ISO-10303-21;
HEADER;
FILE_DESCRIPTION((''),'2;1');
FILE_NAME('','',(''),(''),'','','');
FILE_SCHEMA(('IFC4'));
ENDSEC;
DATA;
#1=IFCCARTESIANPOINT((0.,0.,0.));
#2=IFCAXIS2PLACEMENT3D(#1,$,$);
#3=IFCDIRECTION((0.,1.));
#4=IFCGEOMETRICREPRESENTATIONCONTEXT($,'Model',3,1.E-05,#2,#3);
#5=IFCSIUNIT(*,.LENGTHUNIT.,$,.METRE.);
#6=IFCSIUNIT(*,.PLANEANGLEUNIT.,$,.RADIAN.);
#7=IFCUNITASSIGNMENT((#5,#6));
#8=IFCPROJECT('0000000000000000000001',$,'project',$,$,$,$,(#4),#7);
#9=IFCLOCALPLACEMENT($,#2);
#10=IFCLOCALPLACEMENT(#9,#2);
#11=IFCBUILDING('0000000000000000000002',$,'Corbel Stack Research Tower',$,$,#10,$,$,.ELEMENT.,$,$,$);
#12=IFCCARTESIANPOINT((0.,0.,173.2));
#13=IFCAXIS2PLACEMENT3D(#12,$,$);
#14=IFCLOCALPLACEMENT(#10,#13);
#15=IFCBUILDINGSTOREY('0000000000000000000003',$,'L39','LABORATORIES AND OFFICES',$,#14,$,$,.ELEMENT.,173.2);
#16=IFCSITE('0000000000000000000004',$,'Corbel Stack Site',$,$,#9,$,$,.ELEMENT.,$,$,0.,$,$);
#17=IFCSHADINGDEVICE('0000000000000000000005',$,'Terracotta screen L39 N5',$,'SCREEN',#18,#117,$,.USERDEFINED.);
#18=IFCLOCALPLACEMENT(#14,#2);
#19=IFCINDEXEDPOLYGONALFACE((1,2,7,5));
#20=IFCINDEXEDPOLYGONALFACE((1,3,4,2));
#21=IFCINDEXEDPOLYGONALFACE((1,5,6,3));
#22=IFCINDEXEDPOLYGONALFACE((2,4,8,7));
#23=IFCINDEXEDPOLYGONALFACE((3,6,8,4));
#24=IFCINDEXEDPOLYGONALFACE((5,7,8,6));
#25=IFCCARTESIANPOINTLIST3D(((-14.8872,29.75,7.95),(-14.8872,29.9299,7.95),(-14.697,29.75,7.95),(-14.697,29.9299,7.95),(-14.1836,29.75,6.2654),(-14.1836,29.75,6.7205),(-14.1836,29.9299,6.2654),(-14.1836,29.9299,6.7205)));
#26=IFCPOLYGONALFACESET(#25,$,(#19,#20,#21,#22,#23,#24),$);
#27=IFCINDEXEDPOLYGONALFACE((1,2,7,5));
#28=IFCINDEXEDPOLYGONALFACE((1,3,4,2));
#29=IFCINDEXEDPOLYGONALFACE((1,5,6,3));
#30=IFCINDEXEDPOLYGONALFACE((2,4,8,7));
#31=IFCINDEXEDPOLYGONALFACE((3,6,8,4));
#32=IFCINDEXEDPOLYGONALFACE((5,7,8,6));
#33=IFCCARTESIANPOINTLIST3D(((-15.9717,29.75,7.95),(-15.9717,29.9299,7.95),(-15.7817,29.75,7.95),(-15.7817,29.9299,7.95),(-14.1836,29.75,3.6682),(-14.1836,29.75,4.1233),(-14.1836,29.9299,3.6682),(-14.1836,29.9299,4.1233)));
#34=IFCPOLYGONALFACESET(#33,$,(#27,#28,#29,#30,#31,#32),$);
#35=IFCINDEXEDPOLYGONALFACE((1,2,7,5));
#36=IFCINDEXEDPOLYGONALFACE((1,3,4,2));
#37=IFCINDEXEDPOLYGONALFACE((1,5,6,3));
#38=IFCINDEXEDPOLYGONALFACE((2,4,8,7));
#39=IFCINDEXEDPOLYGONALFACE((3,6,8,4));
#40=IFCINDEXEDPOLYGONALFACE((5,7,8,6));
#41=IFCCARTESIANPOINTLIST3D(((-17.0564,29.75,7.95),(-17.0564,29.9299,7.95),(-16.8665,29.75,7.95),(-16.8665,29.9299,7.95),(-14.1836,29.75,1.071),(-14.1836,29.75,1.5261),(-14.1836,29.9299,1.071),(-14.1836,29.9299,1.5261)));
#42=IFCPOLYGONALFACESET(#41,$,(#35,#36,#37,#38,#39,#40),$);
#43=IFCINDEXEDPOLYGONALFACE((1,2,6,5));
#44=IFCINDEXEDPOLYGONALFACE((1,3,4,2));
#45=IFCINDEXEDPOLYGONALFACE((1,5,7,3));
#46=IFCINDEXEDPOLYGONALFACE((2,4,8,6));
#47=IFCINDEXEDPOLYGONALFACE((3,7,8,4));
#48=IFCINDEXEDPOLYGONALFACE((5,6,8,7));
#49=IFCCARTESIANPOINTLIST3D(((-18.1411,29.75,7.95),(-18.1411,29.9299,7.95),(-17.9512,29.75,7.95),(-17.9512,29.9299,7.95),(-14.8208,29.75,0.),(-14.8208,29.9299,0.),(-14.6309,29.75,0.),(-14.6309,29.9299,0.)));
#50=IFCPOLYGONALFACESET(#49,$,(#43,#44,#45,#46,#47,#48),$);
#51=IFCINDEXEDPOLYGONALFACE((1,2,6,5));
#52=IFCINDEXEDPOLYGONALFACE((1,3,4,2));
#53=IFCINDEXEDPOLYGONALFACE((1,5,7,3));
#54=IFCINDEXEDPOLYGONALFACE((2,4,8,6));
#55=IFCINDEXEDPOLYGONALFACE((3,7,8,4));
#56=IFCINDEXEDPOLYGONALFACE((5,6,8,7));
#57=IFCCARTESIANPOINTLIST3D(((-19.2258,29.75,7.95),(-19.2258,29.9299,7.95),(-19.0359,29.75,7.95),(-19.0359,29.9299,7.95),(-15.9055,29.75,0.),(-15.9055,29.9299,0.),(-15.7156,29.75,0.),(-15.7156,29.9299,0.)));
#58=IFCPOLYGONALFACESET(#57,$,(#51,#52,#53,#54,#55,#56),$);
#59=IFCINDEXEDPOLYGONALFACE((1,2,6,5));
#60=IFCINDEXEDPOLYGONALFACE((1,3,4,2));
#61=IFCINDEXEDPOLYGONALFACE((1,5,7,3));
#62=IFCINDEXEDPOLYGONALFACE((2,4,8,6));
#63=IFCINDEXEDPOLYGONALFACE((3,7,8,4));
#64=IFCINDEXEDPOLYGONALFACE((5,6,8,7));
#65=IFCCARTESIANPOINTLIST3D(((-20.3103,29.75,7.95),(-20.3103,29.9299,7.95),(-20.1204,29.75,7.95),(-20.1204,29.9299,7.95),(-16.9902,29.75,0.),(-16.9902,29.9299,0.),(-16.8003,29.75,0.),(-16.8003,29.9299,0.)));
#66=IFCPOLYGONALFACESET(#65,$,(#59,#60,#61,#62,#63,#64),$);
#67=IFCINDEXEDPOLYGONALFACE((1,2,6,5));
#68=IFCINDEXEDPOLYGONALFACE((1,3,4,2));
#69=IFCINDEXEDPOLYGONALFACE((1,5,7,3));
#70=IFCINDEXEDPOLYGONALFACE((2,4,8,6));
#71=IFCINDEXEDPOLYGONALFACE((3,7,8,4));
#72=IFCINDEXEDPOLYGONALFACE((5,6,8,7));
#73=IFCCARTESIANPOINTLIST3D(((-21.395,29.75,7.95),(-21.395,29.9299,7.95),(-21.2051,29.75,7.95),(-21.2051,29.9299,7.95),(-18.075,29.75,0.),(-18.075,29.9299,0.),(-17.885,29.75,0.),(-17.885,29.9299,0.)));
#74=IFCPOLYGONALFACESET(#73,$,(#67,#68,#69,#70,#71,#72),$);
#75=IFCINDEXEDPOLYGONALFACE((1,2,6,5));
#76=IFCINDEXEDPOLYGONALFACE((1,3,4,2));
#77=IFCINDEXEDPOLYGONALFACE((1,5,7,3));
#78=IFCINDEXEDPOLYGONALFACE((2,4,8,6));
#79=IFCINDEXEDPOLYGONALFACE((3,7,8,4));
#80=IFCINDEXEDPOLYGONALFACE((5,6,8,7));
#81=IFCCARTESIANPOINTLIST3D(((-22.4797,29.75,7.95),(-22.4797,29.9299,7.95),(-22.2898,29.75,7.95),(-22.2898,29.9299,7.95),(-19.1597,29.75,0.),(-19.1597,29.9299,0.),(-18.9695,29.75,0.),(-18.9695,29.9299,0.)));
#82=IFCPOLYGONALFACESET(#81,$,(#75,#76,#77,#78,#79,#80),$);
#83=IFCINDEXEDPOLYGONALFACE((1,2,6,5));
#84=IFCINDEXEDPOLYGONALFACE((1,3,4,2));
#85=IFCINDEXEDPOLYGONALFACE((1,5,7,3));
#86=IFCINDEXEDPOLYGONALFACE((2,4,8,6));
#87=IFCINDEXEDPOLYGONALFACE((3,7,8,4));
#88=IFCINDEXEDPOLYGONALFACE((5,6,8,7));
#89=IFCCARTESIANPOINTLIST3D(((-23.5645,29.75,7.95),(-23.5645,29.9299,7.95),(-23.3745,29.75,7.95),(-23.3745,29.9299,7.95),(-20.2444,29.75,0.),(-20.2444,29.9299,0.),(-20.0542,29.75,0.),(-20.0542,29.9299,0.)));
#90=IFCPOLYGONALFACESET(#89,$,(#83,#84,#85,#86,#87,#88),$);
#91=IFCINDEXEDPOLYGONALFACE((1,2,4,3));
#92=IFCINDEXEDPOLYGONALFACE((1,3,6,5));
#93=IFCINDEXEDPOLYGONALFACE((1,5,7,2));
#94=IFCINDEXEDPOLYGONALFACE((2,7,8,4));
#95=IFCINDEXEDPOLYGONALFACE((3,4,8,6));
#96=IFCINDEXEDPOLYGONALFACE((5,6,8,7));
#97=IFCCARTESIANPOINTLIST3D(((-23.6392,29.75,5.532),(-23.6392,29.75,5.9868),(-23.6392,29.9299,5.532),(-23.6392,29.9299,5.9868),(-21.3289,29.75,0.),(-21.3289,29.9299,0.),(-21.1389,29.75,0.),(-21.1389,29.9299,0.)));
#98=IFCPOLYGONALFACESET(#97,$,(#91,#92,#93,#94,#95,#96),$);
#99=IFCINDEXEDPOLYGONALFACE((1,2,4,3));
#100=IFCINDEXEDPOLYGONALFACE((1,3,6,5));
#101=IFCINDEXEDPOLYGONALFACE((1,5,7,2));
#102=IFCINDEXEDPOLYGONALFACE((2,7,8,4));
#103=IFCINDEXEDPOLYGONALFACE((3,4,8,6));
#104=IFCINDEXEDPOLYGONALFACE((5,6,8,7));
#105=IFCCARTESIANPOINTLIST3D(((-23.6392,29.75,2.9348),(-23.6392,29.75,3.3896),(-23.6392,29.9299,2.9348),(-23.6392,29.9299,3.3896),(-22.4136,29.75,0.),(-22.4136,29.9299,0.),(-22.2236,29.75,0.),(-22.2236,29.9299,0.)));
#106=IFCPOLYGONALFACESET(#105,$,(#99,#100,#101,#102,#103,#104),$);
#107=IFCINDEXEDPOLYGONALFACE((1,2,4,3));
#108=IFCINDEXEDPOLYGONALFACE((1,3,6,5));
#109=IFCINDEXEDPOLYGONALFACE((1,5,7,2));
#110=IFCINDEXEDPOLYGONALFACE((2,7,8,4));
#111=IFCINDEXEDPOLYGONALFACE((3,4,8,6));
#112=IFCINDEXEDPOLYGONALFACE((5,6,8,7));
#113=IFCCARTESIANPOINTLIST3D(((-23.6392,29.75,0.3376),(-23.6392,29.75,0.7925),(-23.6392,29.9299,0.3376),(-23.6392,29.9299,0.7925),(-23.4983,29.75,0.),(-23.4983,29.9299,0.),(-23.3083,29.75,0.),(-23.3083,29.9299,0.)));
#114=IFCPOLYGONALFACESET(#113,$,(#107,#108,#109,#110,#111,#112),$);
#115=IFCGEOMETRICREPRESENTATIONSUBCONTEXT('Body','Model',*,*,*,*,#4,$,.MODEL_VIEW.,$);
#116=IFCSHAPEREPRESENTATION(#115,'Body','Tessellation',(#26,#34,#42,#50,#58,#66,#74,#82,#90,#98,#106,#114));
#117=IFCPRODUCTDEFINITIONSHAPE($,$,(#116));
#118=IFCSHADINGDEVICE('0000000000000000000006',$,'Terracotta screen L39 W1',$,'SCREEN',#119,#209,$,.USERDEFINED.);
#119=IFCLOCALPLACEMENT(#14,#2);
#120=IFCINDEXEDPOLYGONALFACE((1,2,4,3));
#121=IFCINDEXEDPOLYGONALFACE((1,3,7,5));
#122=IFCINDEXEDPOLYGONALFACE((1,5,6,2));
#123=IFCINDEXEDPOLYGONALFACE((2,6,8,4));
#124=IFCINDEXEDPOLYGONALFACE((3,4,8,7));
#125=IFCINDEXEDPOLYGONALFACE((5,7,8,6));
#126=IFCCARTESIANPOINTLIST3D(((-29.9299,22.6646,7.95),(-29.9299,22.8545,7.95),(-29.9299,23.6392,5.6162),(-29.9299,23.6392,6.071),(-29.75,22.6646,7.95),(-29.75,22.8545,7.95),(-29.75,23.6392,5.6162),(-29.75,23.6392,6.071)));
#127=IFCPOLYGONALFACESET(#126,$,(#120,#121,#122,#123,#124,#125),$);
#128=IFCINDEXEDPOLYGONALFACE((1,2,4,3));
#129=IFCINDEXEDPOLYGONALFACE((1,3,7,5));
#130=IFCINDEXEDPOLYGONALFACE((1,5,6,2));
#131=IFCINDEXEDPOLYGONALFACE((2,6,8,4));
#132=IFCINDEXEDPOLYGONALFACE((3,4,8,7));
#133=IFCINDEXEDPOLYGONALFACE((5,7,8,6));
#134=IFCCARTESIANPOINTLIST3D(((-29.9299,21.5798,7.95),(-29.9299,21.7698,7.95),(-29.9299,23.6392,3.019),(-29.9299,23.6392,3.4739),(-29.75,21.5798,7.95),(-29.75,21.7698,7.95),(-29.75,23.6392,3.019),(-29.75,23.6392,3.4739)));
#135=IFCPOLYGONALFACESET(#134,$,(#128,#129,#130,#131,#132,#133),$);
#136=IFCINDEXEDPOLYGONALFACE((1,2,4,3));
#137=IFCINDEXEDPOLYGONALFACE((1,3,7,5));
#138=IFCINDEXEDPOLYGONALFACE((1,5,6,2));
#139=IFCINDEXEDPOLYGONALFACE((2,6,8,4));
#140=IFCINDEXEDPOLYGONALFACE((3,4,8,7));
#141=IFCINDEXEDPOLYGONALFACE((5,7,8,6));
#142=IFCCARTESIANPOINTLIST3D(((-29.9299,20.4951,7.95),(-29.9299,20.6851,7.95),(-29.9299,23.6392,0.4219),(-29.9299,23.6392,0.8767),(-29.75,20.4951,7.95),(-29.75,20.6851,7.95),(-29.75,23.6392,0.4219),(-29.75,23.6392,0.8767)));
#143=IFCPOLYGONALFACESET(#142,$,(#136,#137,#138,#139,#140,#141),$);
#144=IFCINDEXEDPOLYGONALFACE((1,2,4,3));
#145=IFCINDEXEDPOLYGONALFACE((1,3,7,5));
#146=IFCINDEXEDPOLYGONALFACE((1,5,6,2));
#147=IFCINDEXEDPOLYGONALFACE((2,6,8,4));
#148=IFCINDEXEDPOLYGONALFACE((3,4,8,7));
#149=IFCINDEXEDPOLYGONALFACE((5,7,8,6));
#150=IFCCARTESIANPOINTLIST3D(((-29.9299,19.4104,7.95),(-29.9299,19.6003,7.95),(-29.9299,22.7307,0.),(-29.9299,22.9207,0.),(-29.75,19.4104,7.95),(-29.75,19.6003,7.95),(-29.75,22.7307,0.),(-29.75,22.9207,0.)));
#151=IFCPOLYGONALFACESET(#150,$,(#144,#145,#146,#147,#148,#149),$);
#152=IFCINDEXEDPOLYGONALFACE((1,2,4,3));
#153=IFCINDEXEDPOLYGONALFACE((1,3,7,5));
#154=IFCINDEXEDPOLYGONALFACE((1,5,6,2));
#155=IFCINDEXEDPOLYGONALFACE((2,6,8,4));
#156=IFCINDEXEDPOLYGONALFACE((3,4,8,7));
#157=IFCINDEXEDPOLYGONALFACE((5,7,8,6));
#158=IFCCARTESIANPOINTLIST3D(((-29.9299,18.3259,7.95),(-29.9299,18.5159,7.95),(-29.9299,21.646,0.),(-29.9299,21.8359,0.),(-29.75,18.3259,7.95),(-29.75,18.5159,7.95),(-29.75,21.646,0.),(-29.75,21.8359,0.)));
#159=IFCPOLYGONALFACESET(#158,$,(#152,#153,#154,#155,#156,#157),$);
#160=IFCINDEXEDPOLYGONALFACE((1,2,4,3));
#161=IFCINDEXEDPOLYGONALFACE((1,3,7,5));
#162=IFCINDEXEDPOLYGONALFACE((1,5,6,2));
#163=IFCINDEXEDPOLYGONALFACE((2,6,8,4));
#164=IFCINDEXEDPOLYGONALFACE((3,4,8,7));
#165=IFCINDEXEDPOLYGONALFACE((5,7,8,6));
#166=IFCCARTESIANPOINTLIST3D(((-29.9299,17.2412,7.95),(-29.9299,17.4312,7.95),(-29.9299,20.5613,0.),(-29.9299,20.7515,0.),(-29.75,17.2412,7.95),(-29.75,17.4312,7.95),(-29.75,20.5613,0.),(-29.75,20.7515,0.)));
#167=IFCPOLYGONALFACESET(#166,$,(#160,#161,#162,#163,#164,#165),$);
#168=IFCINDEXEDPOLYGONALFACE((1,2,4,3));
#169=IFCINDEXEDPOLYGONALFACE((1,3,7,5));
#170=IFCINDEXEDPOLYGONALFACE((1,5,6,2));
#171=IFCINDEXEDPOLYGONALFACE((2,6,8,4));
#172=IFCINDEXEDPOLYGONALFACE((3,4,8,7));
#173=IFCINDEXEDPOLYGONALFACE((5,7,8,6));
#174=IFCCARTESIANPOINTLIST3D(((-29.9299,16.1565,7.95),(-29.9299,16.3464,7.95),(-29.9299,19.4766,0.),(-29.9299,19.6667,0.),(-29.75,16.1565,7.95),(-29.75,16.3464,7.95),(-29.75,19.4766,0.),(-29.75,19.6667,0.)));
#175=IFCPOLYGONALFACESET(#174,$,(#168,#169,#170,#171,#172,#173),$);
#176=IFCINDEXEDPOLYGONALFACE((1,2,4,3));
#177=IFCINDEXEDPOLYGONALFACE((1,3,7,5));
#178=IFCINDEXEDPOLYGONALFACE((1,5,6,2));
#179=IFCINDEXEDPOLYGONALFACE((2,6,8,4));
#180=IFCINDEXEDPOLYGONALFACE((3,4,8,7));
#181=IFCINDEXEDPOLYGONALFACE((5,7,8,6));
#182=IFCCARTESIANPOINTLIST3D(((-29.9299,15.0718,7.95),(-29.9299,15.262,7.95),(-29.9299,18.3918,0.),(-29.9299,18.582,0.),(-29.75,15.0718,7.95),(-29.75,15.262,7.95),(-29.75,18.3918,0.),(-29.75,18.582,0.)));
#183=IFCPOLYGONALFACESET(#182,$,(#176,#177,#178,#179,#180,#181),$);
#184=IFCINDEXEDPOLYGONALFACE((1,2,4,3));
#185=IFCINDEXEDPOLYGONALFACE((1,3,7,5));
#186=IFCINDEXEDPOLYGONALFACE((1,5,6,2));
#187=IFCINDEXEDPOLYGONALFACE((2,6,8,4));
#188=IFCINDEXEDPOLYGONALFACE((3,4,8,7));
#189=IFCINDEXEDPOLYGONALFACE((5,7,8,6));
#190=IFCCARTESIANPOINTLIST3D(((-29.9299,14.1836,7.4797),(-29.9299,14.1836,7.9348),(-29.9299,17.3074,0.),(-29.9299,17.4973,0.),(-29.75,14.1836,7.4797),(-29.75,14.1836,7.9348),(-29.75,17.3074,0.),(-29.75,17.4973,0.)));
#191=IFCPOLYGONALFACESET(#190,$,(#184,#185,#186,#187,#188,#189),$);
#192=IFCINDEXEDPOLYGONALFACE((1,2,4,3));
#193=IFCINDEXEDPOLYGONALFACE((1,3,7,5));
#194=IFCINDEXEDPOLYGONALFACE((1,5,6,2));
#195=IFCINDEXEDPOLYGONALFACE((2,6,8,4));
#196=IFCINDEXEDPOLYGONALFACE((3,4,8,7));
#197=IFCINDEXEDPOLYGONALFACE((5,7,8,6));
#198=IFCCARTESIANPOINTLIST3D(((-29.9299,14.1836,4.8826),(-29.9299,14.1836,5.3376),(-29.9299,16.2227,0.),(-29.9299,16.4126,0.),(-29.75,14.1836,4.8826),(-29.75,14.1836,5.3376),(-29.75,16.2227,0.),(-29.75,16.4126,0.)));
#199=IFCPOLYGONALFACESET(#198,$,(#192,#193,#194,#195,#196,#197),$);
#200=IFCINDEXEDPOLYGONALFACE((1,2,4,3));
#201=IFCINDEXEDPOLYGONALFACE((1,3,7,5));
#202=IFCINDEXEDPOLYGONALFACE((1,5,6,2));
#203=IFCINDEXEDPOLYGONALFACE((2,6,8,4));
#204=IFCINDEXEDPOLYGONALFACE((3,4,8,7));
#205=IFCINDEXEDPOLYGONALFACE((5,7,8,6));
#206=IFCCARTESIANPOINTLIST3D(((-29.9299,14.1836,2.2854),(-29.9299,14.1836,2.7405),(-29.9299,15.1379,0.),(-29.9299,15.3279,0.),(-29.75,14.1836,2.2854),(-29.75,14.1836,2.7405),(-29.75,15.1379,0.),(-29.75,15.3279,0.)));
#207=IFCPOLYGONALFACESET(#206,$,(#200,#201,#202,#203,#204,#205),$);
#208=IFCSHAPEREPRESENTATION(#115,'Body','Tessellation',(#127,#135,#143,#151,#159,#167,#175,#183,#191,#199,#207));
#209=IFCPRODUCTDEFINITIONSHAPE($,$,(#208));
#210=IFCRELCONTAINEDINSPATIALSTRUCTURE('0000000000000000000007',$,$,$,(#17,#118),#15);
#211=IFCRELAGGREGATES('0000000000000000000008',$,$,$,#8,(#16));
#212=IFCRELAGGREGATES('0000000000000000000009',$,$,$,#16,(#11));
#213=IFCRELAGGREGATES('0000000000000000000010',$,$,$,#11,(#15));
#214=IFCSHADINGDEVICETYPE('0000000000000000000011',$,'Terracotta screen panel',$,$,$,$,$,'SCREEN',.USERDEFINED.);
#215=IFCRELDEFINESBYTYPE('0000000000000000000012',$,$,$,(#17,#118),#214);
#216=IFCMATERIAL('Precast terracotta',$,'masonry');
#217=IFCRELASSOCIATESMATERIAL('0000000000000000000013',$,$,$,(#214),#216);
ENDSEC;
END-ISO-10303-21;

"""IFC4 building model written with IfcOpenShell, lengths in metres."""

from ifc_helpers import new_model, si_unit, direction, frame, origin, place, context, subcontext, project, spatial, polyline, outline, extrude, source, transform, mapped, material, type_object, element, save


model = new_model("IFC4")

# Units and contexts
model_context = context("Model", 3, precision=1e-05, world=origin(), true_north=direction((0.0, 1.0)))
body_context = subcontext(model_context, "Body", "Model", "MODEL_VIEW")
ifc_project = project(units=[si_unit("LENGTHUNIT", "METRE"), si_unit("PLANEANGLEUNIT", "RADIAN")], contexts=[model_context])

# Site, building, storey
site_placement = place(None, origin())
site = spatial("IfcSite", under=ifc_project, at=site_placement, Name="Corbel Stack Site", CompositionType="ELEMENT", RefElevation=0.0)
building_placement = place(site_placement, origin())
building = spatial("IfcBuilding", under=site, at=building_placement, Name="Corbel Stack Research Tower", CompositionType="ELEMENT")
storey_placement = place(building_placement, frame((0.0, 0.0, 173.2)))
storey = spatial("IfcBuildingStorey", under=building, at=storey_placement, Name="L39", Description="LABORATORIES AND OFFICES", CompositionType="ELEMENT", Elevation=173.2)

# Shading devices
ifc_material_1 = material(Name="Precast terracotta", Category="masonry")
shading_device_type = type_object("IfcShadingDeviceType", Name="Terracotta screen panel", ElementType="SCREEN", PredefinedType="USERDEFINED", material=ifc_material_1)
shared_shape_1 = source(origin(), body_context, "Body", "SweptSolid", [
    extrude(outline(polyline([(0.7036, 7.95), (0.5134, 7.95), (0.0, 6.7205), (0.0, 6.2654), (0.7036, 7.95)])), frame((0.0, 0.0, 0.0), z_axis=(0.0, -1.0, 0.0), x_axis=(1.0, 0.0, 0.0)), (0.0, 0.0, 1.0), 0.1799),
    extrude(outline(polyline([(1.7881, 7.95), (1.5981, 7.95), (0.0, 4.1233), (0.0, 3.6682), (1.7881, 7.95)])), frame((0.0, 0.0, 0.0), z_axis=(0.0, -1.0, 0.0), x_axis=(1.0, 0.0, 0.0)), (0.0, 0.0, 1.0), 0.1799),
    extrude(outline(polyline([(2.8728, 7.95), (2.6829, 7.95), (0.0, 1.5261), (0.0, 1.071), (2.8728, 7.95)])), frame((0.0, 0.0, 0.0), z_axis=(0.0, -1.0, 0.0), x_axis=(1.0, 0.0, 0.0)), (0.0, 0.0, 1.0), 0.1799),
    extrude(outline(polyline([(0.6372, 0.0), (3.9575, 7.95), (3.7676, 7.95), (0.4473, 0.0), (0.6372, 0.0)])), frame((0.0, 0.0, 0.0), z_axis=(0.0, -1.0, 0.0), x_axis=(1.0, 0.0, 0.0)), (0.0, 0.0, 1.0), 0.1799),
    extrude(outline(polyline([(1.7219, 0.0), (5.0422, 7.95), (4.8523, 7.95), (1.532, 0.0), (1.7219, 0.0)])), frame((0.0, 0.0, 0.0), z_axis=(0.0, -1.0, 0.0), x_axis=(1.0, 0.0, 0.0)), (0.0, 0.0, 1.0), 0.1799),
    extrude(outline(polyline([(2.8066, 0.0), (6.1267, 7.95), (5.9368, 7.95), (2.6167, 0.0), (2.8066, 0.0)])), frame((0.0, 0.0, 0.0), z_axis=(0.0, -1.0, 0.0), x_axis=(1.0, 0.0, 0.0)), (0.0, 0.0, 1.0), 0.1799),
    extrude(outline(polyline([(3.8914, 0.0), (7.2114, 7.95), (7.0215, 7.95), (3.7014, 0.0), (3.8914, 0.0)])), frame((0.0, 0.0, 0.0), z_axis=(0.0, -1.0, 0.0), x_axis=(1.0, 0.0, 0.0)), (0.0, 0.0, 1.0), 0.1799),
    extrude(outline(polyline([(4.9761, 0.0), (8.2961, 7.95), (8.1062, 7.95), (4.7859, 0.0), (4.9761, 0.0)])), frame((0.0, 0.0, 0.0), z_axis=(0.0, -1.0, 0.0), x_axis=(1.0, 0.0, 0.0)), (0.0, 0.0, 1.0), 0.1799),
    extrude(outline(polyline([(6.0608, 0.0), (9.3809, 7.95), (9.1909, 7.95), (5.8706, 0.0), (6.0608, 0.0)])), frame((0.0, 0.0, 0.0), z_axis=(0.0, -1.0, 0.0), x_axis=(1.0, 0.0, 0.0)), (0.0, 0.0, 1.0), 0.1799),
    extrude(outline(polyline([(7.1453, 0.0), (9.4556, 5.532), (9.4556, 5.9868), (6.9553, 0.0), (7.1453, 0.0)])), frame((0.0, 0.0, 0.0), z_axis=(0.0, -1.0, 0.0), x_axis=(1.0, 0.0, 0.0)), (0.0, 0.0, 1.0), 0.1799),
    extrude(outline(polyline([(8.23, 0.0), (9.4556, 2.9348), (9.4556, 3.3896), (8.04, 0.0), (8.23, 0.0)])), frame((0.0, 0.0, 0.0), z_axis=(0.0, -1.0, 0.0), x_axis=(1.0, 0.0, 0.0)), (0.0, 0.0, 1.0), 0.1799),
    extrude(outline(polyline([(9.3147, 0.0), (9.4556, 0.3376), (9.4556, 0.7925), (9.1248, 0.0), (9.3147, 0.0)])), frame((0.0, 0.0, 0.0), z_axis=(0.0, -1.0, 0.0), x_axis=(1.0, 0.0, 0.0)), (0.0, 0.0, 1.0), 0.1799),
])
shading_device_1_placement = place(storey_placement, frame((-14.1836, 29.75, 0.0), z_axis=(0.0, 0.0, 1.0), x_axis=(-1.0, 0.0, 0.0)))
element("IfcShadingDevice", 1, at=shading_device_1_placement, inside=storey, type_object=shading_device_type, Name="Terracotta screen L39 N5", ObjectType="SCREEN", PredefinedType="USERDEFINED", context=body_context, shape_type="MappedRepresentation", body=[
    mapped(shared_shape_1, transform((0.0, 0.0, 0.0))),
])
shared_shape_2 = source(origin(), body_context, "Body", "SweptSolid", [
    extrude(outline(polyline([(0.9746, 7.95), (0.7847, 7.95), (0.0, 6.071), (0.0, 5.6162), (0.9746, 7.95)])), frame((0.0, 0.0, 0.0), z_axis=(0.0, -1.0, 0.0), x_axis=(1.0, 0.0, 0.0)), (0.0, 0.0, 1.0), 0.1799),
    extrude(outline(polyline([(2.0593, 7.95), (1.8694, 7.95), (0.0, 3.4739), (0.0, 3.019), (2.0593, 7.95)])), frame((0.0, 0.0, 0.0), z_axis=(0.0, -1.0, 0.0), x_axis=(1.0, 0.0, 0.0)), (0.0, 0.0, 1.0), 0.1799),
    extrude(outline(polyline([(3.144, 7.95), (2.9541, 7.95), (0.0, 0.8767), (0.0, 0.4219), (3.144, 7.95)])), frame((0.0, 0.0, 0.0), z_axis=(0.0, -1.0, 0.0), x_axis=(1.0, 0.0, 0.0)), (0.0, 0.0, 1.0), 0.1799),
    extrude(outline(polyline([(0.9084, 0.0), (4.2288, 7.95), (4.0388, 7.95), (0.7185, 0.0), (0.9084, 0.0)])), frame((0.0, 0.0, 0.0), z_axis=(0.0, -1.0, 0.0), x_axis=(1.0, 0.0, 0.0)), (0.0, 0.0, 1.0), 0.1799),
    extrude(outline(polyline([(1.9932, 0.0), (5.3132, 7.95), (5.1233, 7.95), (1.8032, 0.0), (1.9932, 0.0)])), frame((0.0, 0.0, 0.0), z_axis=(0.0, -1.0, 0.0), x_axis=(1.0, 0.0, 0.0)), (0.0, 0.0, 1.0), 0.1799),
    extrude(outline(polyline([(3.0779, 0.0), (6.3979, 7.95), (6.208, 7.95), (2.8877, 0.0), (3.0779, 0.0)])), frame((0.0, 0.0, 0.0), z_axis=(0.0, -1.0, 0.0), x_axis=(1.0, 0.0, 0.0)), (0.0, 0.0, 1.0), 0.1799),
    extrude(outline(polyline([(4.1626, 0.0), (7.4827, 7.95), (7.2927, 7.95), (3.9724, 0.0), (4.1626, 0.0)])), frame((0.0, 0.0, 0.0), z_axis=(0.0, -1.0, 0.0), x_axis=(1.0, 0.0, 0.0)), (0.0, 0.0, 1.0), 0.1799),
    extrude(outline(polyline([(5.2473, 0.0), (8.5674, 7.95), (8.3772, 7.95), (5.0571, 0.0), (5.2473, 0.0)])), frame((0.0, 0.0, 0.0), z_axis=(0.0, -1.0, 0.0), x_axis=(1.0, 0.0, 0.0)), (0.0, 0.0, 1.0), 0.1799),
    extrude(outline(polyline([(6.3318, 0.0), (9.4556, 7.4797), (9.4556, 7.9348), (6.1418, 0.0), (6.3318, 0.0)])), frame((0.0, 0.0, 0.0), z_axis=(0.0, -1.0, 0.0), x_axis=(1.0, 0.0, 0.0)), (0.0, 0.0, 1.0), 0.1799),
    extrude(outline(polyline([(7.4165, 0.0), (9.4556, 4.8826), (9.4556, 5.3376), (7.2266, 0.0), (7.4165, 0.0)])), frame((0.0, 0.0, 0.0), z_axis=(0.0, -1.0, 0.0), x_axis=(1.0, 0.0, 0.0)), (0.0, 0.0, 1.0), 0.1799),
    extrude(outline(polyline([(8.5012, 0.0), (9.4556, 2.2854), (9.4556, 2.7405), (8.3113, 0.0), (8.5012, 0.0)])), frame((0.0, 0.0, 0.0), z_axis=(0.0, -1.0, 0.0), x_axis=(1.0, 0.0, 0.0)), (0.0, 0.0, 1.0), 0.1799),
])
shading_device_2_placement = place(storey_placement, frame((-29.75, 23.6392, 0.0), z_axis=(0.0, 0.0, 1.0), x_axis=(0.0, -1.0, 0.0)))
element("IfcShadingDevice", 2, at=shading_device_2_placement, inside=storey, type_object=shading_device_type, Name="Terracotta screen L39 W1", ObjectType="SCREEN", PredefinedType="USERDEFINED", context=body_context, shape_type="MappedRepresentation", body=[
    mapped(shared_shape_2, transform((0.0, 0.0, 0.0))),
])

save(model, "model.ifc")
